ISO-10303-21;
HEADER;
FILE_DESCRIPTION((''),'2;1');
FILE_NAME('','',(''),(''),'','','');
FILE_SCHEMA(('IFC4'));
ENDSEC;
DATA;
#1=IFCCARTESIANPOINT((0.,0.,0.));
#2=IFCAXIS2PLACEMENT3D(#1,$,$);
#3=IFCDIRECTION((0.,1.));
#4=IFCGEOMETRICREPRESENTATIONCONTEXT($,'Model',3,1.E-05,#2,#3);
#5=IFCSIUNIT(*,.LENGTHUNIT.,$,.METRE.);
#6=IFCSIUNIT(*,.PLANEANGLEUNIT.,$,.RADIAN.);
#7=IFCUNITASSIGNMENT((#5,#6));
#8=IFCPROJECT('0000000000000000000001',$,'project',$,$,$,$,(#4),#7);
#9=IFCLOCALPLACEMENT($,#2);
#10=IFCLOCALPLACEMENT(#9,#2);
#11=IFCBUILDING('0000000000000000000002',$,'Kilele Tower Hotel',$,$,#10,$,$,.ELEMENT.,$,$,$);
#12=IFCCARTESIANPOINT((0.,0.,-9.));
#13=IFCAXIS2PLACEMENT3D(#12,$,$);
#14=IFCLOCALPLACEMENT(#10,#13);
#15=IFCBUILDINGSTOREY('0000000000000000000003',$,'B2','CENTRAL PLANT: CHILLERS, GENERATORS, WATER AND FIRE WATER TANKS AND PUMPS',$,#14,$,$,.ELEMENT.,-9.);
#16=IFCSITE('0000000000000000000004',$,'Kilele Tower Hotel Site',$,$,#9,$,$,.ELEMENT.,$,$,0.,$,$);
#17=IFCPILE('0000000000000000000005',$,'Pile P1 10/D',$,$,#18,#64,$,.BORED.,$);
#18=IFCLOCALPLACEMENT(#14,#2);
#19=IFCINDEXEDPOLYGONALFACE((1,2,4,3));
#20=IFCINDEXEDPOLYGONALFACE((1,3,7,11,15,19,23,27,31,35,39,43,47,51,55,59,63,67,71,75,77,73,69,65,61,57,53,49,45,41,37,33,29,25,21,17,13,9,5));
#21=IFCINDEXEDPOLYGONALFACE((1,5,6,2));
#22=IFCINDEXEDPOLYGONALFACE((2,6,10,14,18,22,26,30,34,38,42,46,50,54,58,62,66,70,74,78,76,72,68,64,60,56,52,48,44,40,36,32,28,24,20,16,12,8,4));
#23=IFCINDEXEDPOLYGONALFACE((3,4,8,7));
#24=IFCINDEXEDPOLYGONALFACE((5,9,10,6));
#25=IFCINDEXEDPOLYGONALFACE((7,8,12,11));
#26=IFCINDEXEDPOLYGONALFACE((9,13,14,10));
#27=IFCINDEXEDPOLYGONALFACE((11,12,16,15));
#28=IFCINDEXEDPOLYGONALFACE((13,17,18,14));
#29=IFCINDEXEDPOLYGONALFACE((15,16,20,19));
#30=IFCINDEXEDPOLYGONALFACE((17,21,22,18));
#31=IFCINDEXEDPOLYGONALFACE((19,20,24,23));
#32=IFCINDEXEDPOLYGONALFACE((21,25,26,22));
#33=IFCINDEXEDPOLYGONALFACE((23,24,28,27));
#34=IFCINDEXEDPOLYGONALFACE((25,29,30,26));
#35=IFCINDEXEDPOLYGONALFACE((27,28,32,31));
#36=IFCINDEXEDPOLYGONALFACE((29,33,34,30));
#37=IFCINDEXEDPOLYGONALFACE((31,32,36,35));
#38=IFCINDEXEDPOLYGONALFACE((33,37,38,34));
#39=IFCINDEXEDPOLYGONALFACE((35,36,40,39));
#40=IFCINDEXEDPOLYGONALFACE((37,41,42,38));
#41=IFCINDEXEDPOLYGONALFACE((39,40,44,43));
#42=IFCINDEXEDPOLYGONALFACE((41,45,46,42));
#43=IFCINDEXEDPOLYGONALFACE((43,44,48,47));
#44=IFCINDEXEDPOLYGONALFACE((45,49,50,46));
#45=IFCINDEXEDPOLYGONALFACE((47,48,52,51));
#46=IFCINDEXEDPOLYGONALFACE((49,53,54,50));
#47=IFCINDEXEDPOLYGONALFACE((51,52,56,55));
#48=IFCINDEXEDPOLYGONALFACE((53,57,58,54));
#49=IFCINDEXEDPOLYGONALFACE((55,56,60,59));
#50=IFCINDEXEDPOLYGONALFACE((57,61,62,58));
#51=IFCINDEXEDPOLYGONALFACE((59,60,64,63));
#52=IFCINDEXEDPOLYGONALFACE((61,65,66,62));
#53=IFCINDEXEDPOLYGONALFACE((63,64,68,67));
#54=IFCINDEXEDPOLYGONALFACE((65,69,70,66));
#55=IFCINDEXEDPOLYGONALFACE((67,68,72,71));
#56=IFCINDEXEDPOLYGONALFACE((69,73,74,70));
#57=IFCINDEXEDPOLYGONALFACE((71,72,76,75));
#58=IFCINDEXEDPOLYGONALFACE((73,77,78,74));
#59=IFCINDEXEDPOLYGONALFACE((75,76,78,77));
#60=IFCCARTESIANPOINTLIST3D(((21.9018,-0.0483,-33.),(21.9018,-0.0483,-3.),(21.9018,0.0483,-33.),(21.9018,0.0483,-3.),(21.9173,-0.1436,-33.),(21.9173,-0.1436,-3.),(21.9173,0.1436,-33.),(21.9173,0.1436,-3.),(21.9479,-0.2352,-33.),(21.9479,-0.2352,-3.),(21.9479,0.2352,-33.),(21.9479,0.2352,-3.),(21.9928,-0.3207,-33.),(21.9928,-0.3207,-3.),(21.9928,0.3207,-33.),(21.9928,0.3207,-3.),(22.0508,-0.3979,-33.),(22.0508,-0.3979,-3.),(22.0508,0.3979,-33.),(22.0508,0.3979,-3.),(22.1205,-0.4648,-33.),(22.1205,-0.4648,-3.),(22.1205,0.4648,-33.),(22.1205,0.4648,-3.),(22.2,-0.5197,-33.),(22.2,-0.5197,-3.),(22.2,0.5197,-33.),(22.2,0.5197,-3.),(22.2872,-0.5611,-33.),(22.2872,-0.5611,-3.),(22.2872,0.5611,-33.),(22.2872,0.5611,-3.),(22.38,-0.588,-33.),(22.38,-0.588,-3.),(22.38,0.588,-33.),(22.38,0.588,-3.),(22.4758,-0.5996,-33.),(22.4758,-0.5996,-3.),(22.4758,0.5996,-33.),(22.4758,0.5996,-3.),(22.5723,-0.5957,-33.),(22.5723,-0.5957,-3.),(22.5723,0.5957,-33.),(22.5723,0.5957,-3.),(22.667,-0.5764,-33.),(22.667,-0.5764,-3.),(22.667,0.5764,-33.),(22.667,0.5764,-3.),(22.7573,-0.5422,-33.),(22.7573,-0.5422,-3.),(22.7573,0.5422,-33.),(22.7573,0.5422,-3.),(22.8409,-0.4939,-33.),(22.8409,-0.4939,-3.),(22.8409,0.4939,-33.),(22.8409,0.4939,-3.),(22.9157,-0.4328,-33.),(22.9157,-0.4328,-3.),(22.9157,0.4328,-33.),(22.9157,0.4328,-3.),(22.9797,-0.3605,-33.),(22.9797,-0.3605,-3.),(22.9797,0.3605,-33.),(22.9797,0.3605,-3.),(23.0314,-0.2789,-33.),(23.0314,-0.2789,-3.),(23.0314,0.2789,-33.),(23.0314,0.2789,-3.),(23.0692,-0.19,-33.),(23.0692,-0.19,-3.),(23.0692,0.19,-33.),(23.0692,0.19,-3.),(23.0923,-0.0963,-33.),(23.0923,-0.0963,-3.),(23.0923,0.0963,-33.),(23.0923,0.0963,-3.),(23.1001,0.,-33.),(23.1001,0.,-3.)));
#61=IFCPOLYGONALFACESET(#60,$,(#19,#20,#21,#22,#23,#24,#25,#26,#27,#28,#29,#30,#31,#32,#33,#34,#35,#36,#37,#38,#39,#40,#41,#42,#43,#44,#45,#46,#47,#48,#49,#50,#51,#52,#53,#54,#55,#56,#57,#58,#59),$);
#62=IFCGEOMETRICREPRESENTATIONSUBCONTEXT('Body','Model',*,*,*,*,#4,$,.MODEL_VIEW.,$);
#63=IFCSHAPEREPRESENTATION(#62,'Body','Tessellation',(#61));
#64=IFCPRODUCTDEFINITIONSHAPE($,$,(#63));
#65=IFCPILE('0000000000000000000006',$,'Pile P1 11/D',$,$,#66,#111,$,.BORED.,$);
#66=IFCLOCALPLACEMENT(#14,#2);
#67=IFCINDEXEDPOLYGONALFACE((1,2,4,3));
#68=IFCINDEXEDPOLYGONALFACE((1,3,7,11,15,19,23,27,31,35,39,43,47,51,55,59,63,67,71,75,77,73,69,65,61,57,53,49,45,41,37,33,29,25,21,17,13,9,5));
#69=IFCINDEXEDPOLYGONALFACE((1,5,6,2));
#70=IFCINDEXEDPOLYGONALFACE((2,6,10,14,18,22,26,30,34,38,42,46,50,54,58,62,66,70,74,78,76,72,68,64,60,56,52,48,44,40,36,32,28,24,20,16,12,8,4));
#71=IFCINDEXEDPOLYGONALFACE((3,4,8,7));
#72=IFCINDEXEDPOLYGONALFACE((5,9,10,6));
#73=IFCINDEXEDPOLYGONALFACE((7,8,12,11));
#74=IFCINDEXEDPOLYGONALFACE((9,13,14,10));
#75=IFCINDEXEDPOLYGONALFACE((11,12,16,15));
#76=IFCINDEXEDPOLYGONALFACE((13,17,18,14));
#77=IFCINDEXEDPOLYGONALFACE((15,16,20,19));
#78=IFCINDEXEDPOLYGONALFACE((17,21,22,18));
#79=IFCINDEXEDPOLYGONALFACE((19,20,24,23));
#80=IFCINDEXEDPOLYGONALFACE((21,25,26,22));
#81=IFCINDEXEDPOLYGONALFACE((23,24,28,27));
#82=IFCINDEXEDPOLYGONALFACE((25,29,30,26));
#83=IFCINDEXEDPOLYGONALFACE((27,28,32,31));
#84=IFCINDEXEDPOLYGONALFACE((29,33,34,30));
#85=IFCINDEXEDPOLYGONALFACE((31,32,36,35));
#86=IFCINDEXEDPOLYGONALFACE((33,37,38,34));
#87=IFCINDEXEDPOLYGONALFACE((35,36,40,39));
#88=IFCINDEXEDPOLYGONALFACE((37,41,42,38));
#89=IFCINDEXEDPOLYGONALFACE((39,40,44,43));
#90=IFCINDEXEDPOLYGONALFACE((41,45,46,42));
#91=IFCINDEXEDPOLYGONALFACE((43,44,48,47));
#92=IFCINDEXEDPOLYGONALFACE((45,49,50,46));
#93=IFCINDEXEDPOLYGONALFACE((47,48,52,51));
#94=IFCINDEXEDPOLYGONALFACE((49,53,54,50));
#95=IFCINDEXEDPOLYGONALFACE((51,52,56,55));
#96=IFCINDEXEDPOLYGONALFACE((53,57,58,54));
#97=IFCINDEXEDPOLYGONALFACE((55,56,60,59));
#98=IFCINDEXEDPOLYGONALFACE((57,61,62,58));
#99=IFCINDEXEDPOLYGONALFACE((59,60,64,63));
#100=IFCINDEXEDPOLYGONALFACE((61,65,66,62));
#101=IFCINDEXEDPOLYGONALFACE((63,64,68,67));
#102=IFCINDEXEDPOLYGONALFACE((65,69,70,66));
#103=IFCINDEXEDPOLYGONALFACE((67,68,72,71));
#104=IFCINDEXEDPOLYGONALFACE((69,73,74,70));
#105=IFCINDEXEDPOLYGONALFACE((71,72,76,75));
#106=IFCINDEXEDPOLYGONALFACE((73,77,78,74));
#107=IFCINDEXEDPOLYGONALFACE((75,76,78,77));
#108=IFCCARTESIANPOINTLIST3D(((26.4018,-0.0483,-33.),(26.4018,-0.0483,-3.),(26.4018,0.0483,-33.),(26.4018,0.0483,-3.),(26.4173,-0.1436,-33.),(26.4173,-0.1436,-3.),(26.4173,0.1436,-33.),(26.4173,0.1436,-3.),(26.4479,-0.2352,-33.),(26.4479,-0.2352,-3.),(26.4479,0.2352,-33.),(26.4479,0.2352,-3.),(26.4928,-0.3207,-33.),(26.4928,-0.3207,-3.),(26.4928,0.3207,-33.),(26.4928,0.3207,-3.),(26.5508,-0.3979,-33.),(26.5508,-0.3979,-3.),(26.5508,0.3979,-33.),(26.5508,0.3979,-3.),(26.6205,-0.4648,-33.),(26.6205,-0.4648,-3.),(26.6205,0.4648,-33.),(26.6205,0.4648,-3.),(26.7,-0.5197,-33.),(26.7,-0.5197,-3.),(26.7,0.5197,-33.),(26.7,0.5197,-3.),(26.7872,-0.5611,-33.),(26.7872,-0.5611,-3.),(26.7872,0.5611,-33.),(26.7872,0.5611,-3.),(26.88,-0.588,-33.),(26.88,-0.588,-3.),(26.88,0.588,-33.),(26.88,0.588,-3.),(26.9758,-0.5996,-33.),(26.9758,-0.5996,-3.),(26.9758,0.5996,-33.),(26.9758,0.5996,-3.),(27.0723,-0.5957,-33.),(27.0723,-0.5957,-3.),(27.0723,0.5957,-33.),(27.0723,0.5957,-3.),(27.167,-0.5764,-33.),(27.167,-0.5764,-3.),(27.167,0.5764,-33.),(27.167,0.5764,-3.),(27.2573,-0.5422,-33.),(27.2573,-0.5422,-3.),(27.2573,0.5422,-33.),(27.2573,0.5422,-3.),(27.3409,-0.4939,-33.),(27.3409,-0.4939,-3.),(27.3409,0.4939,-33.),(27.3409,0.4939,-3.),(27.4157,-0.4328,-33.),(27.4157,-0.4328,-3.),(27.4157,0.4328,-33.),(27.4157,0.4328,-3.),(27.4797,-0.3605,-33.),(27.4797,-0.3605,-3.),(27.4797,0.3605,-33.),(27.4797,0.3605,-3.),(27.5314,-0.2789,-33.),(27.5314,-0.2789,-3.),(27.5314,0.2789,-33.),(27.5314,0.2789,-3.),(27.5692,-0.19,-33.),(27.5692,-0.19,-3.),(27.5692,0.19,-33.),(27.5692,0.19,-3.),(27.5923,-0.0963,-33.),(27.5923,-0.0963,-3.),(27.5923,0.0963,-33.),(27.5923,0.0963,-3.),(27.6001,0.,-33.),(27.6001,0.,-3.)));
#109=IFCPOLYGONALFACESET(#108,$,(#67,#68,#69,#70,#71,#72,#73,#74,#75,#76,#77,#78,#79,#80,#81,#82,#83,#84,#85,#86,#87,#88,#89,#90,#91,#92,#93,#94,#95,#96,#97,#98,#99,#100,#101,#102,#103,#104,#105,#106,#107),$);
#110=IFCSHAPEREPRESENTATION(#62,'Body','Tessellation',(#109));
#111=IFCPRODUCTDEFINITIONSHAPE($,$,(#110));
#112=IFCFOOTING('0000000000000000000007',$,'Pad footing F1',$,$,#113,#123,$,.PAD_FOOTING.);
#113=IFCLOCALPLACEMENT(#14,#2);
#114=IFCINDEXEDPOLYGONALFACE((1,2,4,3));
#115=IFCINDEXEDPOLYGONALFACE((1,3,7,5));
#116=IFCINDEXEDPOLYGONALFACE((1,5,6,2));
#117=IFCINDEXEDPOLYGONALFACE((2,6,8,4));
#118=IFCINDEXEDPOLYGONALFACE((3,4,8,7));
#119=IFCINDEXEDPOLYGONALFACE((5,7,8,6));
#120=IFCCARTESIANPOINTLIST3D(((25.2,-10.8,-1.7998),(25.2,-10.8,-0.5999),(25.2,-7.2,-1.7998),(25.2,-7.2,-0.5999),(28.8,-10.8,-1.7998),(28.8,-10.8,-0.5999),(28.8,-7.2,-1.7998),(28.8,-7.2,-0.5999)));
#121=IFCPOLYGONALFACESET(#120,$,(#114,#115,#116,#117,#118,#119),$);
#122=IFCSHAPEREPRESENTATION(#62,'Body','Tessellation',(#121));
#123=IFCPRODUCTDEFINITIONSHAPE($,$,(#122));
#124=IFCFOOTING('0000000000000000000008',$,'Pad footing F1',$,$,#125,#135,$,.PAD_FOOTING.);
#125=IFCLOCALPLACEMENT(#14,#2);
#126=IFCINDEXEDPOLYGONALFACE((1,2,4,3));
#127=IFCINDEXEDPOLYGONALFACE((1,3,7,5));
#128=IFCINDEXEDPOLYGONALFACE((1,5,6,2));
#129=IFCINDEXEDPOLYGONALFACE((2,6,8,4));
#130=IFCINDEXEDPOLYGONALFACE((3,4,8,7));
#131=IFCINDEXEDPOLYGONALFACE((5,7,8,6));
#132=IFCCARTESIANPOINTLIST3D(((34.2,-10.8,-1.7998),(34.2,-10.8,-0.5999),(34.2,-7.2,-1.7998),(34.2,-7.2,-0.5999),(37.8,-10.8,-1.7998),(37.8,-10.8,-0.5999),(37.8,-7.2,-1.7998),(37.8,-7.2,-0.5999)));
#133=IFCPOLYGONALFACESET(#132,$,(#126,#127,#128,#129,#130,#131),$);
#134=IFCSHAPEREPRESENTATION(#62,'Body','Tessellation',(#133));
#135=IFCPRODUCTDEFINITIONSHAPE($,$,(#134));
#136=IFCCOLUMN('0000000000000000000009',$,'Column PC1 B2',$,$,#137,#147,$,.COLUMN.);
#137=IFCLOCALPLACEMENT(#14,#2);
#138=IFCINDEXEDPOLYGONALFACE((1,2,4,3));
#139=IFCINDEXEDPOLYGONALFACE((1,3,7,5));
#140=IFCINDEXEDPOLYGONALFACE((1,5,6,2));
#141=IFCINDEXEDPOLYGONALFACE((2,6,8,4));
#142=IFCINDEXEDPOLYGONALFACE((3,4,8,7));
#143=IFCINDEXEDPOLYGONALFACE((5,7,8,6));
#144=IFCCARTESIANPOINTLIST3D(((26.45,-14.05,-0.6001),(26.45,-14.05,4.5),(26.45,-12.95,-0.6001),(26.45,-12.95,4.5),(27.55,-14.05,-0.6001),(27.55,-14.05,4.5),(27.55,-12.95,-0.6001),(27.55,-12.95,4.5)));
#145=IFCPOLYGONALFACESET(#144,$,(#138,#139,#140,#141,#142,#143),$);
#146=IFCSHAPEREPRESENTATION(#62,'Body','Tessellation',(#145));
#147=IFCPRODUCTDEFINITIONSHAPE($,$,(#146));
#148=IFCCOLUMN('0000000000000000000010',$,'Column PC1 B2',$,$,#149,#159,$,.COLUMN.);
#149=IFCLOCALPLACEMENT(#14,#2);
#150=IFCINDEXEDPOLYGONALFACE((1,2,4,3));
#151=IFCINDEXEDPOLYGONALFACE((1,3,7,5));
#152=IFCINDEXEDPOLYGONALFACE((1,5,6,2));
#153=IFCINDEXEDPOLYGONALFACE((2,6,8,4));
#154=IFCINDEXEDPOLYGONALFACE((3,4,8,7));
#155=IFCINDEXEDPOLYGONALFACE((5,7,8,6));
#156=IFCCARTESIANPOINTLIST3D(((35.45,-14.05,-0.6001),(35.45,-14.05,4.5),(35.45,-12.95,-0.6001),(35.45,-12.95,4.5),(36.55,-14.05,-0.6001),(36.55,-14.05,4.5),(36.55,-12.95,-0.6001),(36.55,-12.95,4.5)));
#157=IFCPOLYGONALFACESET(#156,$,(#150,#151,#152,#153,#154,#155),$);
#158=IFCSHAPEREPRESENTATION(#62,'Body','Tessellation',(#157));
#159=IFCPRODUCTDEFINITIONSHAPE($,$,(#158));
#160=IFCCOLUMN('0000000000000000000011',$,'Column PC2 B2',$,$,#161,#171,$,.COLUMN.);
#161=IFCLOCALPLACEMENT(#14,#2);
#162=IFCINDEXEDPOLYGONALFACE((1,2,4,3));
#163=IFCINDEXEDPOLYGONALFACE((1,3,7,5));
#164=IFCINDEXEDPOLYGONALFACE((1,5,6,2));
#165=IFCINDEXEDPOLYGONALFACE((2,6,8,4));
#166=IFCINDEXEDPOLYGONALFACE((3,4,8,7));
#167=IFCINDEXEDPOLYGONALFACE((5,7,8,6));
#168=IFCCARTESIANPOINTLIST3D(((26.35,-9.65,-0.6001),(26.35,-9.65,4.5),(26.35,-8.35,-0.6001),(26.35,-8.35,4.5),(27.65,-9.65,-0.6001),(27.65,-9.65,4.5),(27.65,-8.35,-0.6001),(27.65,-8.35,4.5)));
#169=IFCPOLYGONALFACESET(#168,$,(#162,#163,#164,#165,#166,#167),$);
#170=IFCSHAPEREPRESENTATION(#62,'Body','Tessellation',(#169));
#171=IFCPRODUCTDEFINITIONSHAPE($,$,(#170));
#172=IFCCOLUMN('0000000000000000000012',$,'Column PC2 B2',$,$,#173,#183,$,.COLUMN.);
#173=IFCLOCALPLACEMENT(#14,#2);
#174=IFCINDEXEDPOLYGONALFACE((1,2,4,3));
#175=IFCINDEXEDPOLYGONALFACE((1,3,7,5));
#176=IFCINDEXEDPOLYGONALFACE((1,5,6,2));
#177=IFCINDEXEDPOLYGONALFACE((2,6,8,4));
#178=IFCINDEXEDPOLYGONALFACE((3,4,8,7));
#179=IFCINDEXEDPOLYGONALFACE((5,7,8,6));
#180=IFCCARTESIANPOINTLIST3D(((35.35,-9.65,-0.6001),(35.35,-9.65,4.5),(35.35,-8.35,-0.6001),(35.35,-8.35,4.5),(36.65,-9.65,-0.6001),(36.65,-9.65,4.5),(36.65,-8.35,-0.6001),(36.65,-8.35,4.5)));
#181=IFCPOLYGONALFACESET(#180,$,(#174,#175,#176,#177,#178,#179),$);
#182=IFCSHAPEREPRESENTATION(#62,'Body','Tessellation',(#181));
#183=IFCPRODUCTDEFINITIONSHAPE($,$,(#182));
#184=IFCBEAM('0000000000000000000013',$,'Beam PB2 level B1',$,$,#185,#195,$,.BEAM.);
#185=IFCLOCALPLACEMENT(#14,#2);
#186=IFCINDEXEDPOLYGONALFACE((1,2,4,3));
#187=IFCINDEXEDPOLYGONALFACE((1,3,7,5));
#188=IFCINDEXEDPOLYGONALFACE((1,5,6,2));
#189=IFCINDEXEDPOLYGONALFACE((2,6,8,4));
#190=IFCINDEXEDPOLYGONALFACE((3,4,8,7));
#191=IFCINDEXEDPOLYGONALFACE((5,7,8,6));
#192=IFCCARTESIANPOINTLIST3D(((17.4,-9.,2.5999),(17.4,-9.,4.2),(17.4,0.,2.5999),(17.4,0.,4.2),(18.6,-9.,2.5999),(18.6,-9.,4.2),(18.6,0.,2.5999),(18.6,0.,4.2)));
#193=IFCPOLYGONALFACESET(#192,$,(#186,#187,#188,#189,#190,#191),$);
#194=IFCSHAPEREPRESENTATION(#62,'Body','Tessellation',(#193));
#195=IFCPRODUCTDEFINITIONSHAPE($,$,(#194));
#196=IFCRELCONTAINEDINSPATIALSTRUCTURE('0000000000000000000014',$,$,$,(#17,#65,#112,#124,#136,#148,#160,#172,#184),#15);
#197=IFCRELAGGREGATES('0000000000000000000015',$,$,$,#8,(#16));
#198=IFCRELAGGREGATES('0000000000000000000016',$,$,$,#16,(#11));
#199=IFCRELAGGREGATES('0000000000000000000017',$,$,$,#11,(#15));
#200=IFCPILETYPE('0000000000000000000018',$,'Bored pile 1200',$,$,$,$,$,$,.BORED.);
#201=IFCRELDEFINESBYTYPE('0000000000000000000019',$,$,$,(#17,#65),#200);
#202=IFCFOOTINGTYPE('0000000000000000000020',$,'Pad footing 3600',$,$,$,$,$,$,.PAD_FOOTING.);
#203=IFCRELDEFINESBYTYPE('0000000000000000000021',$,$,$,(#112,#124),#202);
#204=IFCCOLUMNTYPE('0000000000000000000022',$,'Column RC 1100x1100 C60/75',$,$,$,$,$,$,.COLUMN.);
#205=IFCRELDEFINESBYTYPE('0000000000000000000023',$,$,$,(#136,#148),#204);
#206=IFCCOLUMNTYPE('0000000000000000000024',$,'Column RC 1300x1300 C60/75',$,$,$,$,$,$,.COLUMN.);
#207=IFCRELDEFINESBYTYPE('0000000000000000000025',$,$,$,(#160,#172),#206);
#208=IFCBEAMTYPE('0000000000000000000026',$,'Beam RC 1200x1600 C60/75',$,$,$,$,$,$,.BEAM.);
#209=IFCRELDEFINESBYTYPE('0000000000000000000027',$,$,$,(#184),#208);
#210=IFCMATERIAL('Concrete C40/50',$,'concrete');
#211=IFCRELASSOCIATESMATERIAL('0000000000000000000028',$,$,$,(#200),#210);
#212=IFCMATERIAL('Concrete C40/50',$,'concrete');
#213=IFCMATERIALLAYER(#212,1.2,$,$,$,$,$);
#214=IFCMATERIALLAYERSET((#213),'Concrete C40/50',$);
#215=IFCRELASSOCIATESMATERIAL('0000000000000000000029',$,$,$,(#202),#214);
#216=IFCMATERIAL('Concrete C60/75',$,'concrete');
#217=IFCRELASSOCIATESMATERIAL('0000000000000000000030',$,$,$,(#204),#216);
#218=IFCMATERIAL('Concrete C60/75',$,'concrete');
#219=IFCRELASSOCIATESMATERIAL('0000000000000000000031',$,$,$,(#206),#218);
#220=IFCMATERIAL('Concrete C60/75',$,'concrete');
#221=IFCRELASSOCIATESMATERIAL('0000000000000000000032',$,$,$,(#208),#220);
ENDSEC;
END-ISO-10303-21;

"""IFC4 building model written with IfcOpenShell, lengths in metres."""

from ifc_helpers import new_model, si_unit, direction, frame, origin, origin_2d, place, context, subcontext, project, spatial, rectangle, circle, extrude, material, layer, layer_set, material_profile, profile_set, type_object, element, save


model = new_model("IFC4")

# Units and contexts
model_context = context("Model", 3, precision=1e-05, world=origin(), true_north=direction((0.0, 1.0)))
body_context = subcontext(model_context, "Body", "Model", "MODEL_VIEW")
ifc_project = project(units=[si_unit("LENGTHUNIT", "METRE"), si_unit("PLANEANGLEUNIT", "RADIAN")], contexts=[model_context])

# Site, building, storey
site_placement = place(None, origin())
site = spatial("IfcSite", under=ifc_project, at=site_placement, Name="Kilele Tower Hotel Site", CompositionType="ELEMENT", RefElevation=0.0)
building_placement = place(site_placement, origin())
building = spatial("IfcBuilding", under=site, at=building_placement, Name="Kilele Tower Hotel", CompositionType="ELEMENT")
storey_placement = place(building_placement, frame((0.0, 0.0, -9.0)))
storey = spatial("IfcBuildingStorey", under=building, at=storey_placement, Name="B2", Description="CENTRAL PLANT: CHILLERS, GENERATORS, WATER AND FIRE WATER TANKS AND PUMPS", CompositionType="ELEMENT", Elevation=-9.0)

# Piles
ifc_material_1 = material(Name="Concrete C40/50", Category="concrete")
ifc_material_profile_1 = material_profile(ifc_material_1, circle(Radius=0.6001, at=origin_2d()))
ifc_profile_set_1 = profile_set([ifc_material_profile_1], Name="Concrete C40/50")
pile_type = type_object("IfcPileType", Name="Bored pile 1200", PredefinedType="BORED", material=ifc_profile_set_1)
for number, where, z_axis, x_axis, name in (
    (1, (22.5, 0.0, -3.0), (0.0, 0.0, -1.0), (1.0, 0.0, 0.0), "Pile P1 10/D"),
    (2, (27.0, 0.0, -3.0), (0.0, 0.0, -1.0), (1.0, 0.0, 0.0), "Pile P1 11/D"),
):
    element("IfcPile", number, at=place(storey_placement, frame(where, z_axis=z_axis, x_axis=x_axis)), inside=storey, type_object=pile_type, Name=name, PredefinedType="BORED", context=body_context, shape_type="SweptSolid", body=[
        extrude(circle(Radius=0.6001, at=origin_2d()), origin(), (0.0, 0.0, 1.0), 30.0),
    ])

# Footings
ifc_material_2 = material(Name="Concrete C40/50", Category="concrete")
ifc_layer_1 = layer(ifc_material_2, 1.2)
ifc_layer_set_1 = layer_set([ifc_layer_1], Name="Concrete C40/50")
footing_type = type_object("IfcFootingType", Name="Pad footing 3600", PredefinedType="PAD_FOOTING", material=ifc_layer_set_1)
for number, where, z_axis, x_axis, name in (
    (3, (27.0, -9.0, -1.7998), (0.0, 0.0, 1.0), (1.0, 0.0, 0.0), "Pad footing F1"),
    (4, (36.0, -9.0, -1.7998), (0.0, 0.0, 1.0), (1.0, 0.0, 0.0), "Pad footing F1"),
):
    element("IfcFooting", number, at=place(storey_placement, frame(where, z_axis=z_axis, x_axis=x_axis)), inside=storey, type_object=footing_type, Name=name, PredefinedType="PAD_FOOTING", context=body_context, shape_type="SweptSolid", body=[
        extrude(rectangle(XDim=3.6001, YDim=3.6001, at=origin_2d()), origin(), (0.0, 0.0, 1.0), 1.2),
    ])

# Columns
ifc_material_3 = material(Name="Concrete C60/75", Category="concrete")
ifc_material_profile_2 = material_profile(ifc_material_3, rectangle(XDim=1.1001, YDim=1.1001, at=origin_2d()))
ifc_profile_set_2 = profile_set([ifc_material_profile_2], Name="Concrete C60/75")
column_type_1 = type_object("IfcColumnType", Name="Column RC 1100x1100 C60/75", PredefinedType="COLUMN", material=ifc_profile_set_2)
for number, where, z_axis, x_axis, name in (
    (5, (27.0, -13.5, -0.6001), (0.0, 0.0, 1.0), (1.0, 0.0, 0.0), "Column PC1 B2"),
    (6, (36.0, -13.5, -0.6001), (0.0, 0.0, 1.0), (1.0, 0.0, 0.0), "Column PC1 B2"),
):
    element("IfcColumn", number, at=place(storey_placement, frame(where, z_axis=z_axis, x_axis=x_axis)), inside=storey, type_object=column_type_1, Name=name, PredefinedType="COLUMN", context=body_context, shape_type="SweptSolid", body=[
        extrude(rectangle(XDim=1.1001, YDim=1.1001, at=origin_2d()), origin(), (0.0, 0.0, 1.0), 5.1001),
    ])
ifc_material_4 = material(Name="Concrete C60/75", Category="concrete")
ifc_material_profile_3 = material_profile(ifc_material_4, rectangle(XDim=1.3, YDim=1.3, at=origin_2d()))
ifc_profile_set_3 = profile_set([ifc_material_profile_3], Name="Concrete C60/75")
column_type_2 = type_object("IfcColumnType", Name="Column RC 1300x1300 C60/75", PredefinedType="COLUMN", material=ifc_profile_set_3)
for number, where, z_axis, x_axis, name in (
    (7, (27.0, -9.0, -0.6001), (0.0, 0.0, 1.0), (1.0, 0.0, 0.0), "Column PC2 B2"),
    (8, (36.0, -9.0, -0.6001), (0.0, 0.0, 1.0), (1.0, 0.0, 0.0), "Column PC2 B2"),
):
    element("IfcColumn", number, at=place(storey_placement, frame(where, z_axis=z_axis, x_axis=x_axis)), inside=storey, type_object=column_type_2, Name=name, PredefinedType="COLUMN", context=body_context, shape_type="SweptSolid", body=[
        extrude(rectangle(XDim=1.3, YDim=1.3, at=origin_2d()), origin(), (0.0, 0.0, 1.0), 5.1001),
    ])

# Beam
ifc_material_5 = material(Name="Concrete C60/75", Category="concrete")
ifc_material_profile_4 = material_profile(ifc_material_5, rectangle(XDim=1.2, YDim=1.6001, at=origin_2d()))
ifc_profile_set_4 = profile_set([ifc_material_profile_4], Name="Concrete C60/75")
beam_type_1 = type_object("IfcBeamType", Name="Beam RC 1200x1600 C60/75", PredefinedType="BEAM", material=ifc_profile_set_4)
for number, where, z_axis, x_axis, name in (
    (9, (18.0, -9.0, 3.3999), (0.0, 1.0, 0.0), (-1.0, 0.0, 0.0), "Beam PB2 level B1"),
):
    element("IfcBeam", number, at=place(storey_placement, frame(where, z_axis=z_axis, x_axis=x_axis)), inside=storey, type_object=beam_type_1, Name=name, PredefinedType="BEAM", context=body_context, shape_type="SweptSolid", body=[
        extrude(rectangle(XDim=1.2, YDim=1.6001, at=origin_2d()), origin(), (0.0, 0.0, 1.0), 9.0),
    ])

save(model, "model.ifc")
